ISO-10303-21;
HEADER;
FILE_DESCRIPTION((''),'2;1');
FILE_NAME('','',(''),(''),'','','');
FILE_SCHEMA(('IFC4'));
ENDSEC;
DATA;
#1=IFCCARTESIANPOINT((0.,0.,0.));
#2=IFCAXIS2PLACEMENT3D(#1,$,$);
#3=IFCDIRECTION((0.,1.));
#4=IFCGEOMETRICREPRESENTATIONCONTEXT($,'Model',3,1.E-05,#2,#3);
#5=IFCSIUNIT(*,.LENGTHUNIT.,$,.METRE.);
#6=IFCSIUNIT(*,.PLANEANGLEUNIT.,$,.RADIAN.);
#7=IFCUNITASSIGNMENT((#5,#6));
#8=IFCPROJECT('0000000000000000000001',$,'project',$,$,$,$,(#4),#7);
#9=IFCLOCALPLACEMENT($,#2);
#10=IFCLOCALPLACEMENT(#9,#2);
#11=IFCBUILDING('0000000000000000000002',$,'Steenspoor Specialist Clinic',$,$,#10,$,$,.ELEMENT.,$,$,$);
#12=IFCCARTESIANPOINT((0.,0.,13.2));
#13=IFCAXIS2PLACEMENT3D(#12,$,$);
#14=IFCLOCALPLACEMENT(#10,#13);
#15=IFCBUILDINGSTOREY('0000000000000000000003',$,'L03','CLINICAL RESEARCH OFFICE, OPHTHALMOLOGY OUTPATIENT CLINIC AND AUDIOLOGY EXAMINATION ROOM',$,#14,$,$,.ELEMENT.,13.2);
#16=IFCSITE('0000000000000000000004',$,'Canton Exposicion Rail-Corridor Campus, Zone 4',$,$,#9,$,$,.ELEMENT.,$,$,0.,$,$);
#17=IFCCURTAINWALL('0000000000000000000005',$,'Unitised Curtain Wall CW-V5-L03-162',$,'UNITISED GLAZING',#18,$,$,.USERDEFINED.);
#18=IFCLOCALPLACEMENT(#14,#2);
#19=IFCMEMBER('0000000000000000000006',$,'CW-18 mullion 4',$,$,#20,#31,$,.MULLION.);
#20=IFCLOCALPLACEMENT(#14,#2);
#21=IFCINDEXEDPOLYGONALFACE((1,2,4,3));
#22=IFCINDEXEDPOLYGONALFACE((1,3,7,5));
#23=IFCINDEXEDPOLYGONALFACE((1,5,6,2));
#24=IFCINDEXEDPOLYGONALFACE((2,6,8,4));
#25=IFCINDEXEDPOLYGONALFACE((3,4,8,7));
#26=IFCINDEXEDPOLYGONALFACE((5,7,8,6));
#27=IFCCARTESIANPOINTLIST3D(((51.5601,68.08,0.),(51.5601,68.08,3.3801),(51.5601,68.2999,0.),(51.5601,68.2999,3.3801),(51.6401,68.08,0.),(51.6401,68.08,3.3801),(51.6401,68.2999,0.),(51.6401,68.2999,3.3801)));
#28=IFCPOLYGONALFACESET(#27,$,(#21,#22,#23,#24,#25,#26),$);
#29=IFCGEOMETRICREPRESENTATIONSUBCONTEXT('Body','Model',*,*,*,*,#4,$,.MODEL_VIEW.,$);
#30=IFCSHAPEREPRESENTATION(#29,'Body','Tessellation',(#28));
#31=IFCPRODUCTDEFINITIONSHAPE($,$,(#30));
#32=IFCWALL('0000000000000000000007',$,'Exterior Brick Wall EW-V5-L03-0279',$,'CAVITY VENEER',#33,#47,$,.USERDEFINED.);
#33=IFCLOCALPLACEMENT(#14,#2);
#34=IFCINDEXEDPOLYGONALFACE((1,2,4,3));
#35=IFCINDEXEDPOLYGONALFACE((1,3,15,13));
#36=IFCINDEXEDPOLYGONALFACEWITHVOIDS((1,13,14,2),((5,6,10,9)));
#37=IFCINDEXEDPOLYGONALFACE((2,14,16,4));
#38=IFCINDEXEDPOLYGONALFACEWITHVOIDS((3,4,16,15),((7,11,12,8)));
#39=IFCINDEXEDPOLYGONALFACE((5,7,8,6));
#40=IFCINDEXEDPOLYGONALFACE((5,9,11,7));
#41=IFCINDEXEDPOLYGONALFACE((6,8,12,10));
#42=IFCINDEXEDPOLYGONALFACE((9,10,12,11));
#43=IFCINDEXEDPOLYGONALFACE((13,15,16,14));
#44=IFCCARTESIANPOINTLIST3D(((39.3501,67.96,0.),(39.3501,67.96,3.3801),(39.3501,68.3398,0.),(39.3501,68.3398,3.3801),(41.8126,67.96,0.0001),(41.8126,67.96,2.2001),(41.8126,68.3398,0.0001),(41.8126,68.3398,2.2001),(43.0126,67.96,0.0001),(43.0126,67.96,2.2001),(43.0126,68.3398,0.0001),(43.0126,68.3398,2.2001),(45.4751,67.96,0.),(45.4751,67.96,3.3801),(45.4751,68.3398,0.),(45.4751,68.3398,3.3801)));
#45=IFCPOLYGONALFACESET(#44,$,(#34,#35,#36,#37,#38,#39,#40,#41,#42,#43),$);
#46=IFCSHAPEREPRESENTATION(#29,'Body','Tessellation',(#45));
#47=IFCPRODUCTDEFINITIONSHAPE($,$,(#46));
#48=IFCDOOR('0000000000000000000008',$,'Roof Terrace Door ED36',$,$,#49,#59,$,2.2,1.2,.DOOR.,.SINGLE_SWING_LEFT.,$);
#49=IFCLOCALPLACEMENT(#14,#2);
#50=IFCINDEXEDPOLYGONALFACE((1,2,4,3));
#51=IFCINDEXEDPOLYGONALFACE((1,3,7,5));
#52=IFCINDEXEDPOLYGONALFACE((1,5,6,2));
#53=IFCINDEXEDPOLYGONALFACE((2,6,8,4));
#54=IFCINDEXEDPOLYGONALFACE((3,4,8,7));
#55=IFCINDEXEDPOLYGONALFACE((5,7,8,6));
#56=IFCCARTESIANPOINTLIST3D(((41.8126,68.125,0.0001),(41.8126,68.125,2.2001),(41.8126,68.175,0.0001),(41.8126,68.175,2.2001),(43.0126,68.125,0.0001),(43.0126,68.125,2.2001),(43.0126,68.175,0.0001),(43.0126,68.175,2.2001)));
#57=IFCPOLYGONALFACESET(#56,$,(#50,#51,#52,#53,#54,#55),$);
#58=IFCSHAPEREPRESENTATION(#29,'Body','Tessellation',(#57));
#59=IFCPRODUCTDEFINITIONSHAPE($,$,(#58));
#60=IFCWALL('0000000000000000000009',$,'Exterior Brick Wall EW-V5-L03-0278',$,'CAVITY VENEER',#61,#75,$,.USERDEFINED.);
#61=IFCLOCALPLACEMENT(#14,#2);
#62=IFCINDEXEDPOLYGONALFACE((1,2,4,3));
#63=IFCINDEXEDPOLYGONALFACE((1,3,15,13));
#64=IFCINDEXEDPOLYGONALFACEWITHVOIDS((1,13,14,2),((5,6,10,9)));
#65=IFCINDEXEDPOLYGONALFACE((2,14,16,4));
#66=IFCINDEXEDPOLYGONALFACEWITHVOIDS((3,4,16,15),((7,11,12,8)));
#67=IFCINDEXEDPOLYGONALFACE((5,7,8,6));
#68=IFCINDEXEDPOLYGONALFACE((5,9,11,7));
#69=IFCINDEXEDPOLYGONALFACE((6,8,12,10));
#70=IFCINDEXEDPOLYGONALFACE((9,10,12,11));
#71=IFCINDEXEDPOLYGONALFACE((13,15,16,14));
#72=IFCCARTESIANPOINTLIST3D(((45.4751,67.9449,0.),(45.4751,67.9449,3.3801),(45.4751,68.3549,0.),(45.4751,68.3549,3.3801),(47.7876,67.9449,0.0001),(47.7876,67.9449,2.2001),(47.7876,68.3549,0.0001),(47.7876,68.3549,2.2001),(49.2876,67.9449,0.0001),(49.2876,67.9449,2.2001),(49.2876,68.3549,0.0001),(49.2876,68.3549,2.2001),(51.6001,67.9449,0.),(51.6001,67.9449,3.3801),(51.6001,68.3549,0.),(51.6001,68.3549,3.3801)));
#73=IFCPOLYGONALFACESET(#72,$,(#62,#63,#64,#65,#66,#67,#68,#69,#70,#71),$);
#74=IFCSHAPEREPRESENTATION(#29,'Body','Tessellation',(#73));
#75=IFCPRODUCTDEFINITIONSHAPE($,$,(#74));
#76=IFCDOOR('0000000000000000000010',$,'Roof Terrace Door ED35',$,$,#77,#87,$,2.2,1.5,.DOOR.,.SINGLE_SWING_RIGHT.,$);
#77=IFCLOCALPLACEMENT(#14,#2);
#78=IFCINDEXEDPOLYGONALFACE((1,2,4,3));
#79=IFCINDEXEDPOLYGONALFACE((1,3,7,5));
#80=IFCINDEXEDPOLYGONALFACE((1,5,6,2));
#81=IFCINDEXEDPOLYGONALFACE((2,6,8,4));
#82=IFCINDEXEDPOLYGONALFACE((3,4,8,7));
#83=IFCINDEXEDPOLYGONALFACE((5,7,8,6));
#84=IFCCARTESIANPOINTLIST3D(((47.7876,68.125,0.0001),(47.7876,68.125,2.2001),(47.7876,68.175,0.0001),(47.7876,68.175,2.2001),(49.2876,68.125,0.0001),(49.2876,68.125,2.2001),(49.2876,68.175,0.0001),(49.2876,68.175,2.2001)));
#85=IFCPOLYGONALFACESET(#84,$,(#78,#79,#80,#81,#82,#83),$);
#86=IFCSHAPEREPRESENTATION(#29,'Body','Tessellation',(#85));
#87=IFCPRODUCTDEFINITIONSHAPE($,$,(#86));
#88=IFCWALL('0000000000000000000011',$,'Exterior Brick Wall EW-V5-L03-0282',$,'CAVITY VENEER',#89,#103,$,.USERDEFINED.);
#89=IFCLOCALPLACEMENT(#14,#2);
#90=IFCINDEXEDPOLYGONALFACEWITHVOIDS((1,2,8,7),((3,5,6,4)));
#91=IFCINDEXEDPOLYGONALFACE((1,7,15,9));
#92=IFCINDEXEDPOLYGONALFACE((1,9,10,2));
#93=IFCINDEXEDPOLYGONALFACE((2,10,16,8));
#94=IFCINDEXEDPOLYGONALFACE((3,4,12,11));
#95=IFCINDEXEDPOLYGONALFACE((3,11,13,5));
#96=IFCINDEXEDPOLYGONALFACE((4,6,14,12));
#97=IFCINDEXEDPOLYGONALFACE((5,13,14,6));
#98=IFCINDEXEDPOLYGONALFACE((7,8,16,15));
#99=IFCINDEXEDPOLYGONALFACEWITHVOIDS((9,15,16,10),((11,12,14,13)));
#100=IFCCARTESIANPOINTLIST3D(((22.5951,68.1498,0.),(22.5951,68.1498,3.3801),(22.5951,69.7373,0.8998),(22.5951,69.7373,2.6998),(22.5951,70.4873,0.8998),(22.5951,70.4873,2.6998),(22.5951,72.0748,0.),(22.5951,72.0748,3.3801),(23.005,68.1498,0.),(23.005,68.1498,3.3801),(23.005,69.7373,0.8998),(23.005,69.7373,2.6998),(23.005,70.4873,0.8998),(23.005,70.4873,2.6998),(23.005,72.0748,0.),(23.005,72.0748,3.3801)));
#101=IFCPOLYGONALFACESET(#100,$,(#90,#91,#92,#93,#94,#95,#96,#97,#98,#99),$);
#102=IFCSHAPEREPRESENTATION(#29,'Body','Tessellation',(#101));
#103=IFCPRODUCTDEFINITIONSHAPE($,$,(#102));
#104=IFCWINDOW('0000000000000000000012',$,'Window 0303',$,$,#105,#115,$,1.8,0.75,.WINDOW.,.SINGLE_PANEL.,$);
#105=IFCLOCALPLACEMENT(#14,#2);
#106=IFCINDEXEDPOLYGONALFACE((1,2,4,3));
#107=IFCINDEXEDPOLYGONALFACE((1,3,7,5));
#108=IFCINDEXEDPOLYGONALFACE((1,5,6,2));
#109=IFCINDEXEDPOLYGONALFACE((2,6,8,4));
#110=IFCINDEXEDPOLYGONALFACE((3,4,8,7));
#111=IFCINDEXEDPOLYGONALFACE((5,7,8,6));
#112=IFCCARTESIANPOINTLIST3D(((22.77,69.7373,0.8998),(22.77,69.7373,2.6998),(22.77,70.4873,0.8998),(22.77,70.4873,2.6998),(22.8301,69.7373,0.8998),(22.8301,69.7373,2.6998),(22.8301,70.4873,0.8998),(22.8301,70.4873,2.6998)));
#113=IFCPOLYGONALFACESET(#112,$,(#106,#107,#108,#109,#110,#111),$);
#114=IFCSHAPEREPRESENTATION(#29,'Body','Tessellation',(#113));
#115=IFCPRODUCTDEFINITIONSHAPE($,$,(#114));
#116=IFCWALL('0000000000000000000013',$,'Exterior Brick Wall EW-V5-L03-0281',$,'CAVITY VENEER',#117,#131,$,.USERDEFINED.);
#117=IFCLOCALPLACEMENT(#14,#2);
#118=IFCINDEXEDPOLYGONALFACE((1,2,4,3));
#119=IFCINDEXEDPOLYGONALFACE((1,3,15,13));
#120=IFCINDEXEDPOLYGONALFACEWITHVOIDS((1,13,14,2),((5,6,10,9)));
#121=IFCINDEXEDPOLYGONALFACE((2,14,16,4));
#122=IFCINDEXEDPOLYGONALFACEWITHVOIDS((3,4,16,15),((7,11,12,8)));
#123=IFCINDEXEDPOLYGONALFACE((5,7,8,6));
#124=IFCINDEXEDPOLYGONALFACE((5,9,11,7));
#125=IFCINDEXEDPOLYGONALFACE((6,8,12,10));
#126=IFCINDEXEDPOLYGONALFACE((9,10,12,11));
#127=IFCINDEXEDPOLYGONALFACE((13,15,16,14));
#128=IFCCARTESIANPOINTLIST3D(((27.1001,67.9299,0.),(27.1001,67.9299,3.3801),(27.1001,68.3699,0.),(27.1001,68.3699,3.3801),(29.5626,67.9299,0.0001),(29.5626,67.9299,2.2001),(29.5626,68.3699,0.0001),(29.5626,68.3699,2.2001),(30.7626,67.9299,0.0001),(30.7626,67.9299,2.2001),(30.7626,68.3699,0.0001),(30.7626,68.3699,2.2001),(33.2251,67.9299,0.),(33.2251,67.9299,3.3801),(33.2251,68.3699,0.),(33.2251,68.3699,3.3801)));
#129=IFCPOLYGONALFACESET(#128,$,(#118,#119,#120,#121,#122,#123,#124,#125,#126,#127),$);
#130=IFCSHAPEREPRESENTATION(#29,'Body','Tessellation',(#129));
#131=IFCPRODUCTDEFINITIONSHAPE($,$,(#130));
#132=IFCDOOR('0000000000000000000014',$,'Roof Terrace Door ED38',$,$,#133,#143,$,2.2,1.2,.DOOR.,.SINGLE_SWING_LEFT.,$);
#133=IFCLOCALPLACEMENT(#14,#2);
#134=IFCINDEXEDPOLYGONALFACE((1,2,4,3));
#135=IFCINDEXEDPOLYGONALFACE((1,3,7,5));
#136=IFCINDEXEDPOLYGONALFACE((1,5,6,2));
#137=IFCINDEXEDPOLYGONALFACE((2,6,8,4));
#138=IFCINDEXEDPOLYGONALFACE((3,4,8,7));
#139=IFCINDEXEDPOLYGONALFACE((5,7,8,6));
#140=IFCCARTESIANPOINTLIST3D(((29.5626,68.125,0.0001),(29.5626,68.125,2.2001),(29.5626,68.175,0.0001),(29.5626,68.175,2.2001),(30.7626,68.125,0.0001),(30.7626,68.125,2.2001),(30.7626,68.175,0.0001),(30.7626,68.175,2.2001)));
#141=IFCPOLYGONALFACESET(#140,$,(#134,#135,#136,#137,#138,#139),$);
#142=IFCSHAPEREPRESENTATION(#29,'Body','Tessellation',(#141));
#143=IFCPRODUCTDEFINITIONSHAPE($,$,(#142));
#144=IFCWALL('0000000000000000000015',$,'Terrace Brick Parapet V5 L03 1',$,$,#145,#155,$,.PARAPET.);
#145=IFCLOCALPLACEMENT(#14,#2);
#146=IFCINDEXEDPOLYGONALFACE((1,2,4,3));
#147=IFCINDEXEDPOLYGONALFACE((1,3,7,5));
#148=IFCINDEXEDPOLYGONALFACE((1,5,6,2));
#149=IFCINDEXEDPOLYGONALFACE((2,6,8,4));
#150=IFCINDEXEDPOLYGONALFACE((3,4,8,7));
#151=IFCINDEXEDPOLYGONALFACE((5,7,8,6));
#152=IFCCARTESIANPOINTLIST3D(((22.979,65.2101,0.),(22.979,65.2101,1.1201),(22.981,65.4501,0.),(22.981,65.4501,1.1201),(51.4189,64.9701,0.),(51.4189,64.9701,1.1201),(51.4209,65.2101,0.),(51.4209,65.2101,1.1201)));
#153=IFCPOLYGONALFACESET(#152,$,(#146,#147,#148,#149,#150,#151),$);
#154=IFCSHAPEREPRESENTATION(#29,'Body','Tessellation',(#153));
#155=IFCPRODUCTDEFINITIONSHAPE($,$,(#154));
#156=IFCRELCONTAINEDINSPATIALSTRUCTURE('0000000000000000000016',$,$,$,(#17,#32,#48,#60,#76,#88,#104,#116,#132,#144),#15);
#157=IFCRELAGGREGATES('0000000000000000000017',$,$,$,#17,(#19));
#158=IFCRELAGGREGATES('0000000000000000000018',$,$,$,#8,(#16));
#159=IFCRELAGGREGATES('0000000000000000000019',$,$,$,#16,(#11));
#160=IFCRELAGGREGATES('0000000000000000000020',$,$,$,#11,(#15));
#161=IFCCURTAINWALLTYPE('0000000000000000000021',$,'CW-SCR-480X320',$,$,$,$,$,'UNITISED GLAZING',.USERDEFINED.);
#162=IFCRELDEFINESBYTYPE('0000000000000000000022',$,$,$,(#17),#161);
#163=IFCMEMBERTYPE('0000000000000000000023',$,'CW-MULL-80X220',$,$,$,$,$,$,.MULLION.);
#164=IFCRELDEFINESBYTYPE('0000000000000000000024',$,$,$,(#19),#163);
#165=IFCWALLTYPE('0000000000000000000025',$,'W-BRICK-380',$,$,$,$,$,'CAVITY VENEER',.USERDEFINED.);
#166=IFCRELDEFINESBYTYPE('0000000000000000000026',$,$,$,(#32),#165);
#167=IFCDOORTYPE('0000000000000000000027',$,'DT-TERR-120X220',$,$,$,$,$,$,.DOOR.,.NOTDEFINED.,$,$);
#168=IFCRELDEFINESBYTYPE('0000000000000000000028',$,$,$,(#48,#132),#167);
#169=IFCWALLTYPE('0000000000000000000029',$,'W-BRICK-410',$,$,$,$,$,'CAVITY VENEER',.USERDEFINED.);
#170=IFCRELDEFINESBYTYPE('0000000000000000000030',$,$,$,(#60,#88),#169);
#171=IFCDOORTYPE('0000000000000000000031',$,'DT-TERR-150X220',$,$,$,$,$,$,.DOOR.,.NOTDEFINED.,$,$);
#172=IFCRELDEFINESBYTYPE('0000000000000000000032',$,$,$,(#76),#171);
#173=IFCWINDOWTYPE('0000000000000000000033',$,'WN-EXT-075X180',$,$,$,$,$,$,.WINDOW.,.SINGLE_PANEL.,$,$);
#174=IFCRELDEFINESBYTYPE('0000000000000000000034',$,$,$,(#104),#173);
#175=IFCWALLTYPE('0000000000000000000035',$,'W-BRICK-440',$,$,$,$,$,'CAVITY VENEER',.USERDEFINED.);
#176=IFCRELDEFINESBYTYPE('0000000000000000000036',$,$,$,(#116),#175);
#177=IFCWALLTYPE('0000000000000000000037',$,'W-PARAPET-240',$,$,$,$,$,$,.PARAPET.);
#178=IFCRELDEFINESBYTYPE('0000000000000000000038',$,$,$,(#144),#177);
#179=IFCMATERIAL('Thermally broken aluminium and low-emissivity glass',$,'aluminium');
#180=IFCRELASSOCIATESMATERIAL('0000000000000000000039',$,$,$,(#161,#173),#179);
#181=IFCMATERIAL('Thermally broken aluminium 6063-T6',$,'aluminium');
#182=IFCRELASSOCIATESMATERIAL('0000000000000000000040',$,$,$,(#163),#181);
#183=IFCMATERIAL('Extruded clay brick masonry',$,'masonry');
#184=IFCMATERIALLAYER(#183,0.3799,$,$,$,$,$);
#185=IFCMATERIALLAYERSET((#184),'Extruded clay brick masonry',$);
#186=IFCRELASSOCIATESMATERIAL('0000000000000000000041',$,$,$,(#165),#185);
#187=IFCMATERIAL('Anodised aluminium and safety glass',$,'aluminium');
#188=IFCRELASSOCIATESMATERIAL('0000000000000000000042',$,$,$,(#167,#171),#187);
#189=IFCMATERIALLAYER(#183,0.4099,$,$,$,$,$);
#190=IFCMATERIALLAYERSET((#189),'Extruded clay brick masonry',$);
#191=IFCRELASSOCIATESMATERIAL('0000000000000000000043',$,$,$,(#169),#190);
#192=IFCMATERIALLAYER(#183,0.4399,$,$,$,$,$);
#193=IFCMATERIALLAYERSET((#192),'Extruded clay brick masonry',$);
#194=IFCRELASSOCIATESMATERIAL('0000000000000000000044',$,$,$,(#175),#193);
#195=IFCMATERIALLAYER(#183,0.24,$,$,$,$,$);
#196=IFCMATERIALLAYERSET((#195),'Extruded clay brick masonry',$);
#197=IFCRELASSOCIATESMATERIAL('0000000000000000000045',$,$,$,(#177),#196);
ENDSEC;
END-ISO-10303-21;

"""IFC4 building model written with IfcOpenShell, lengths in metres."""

from ifc_helpers import new_model, si_unit, direction, frame, frame_2d, origin, origin_2d, place, context, subcontext, project, spatial, rectangle, extrude, material, layer, layer_set, material_profile, profile_set, type_object, element, fill, aggregate, save


model = new_model("IFC4")

# Units and contexts
model_context = context("Model", 3, precision=1e-05, world=origin(), true_north=direction((0.0, 1.0)))
body_context = subcontext(model_context, "Body", "Model", "MODEL_VIEW")
ifc_project = project(units=[si_unit("LENGTHUNIT", "METRE"), si_unit("PLANEANGLEUNIT", "RADIAN")], contexts=[model_context])

# Site, building, storey
site_placement = place(None, origin())
site = spatial("IfcSite", under=ifc_project, at=site_placement, Name="Canton Exposicion Rail-Corridor Campus, Zone 4", CompositionType="ELEMENT", RefElevation=0.0)
building_placement = place(site_placement, origin())
building = spatial("IfcBuilding", under=site, at=building_placement, Name="Steenspoor Specialist Clinic", CompositionType="ELEMENT")
storey_placement = place(building_placement, frame((0.0, 0.0, 13.2)))
storey = spatial("IfcBuildingStorey", under=building, at=storey_placement, Name="L03", Description="CLINICAL RESEARCH OFFICE, OPHTHALMOLOGY OUTPATIENT CLINIC AND AUDIOLOGY EXAMINATION ROOM", CompositionType="ELEMENT", Elevation=13.2)

# Curtain wall, member
ifc_material_1 = material(Name="Thermally broken aluminium and low-emissivity glass", Category="aluminium")
curtain_wall_type = type_object("IfcCurtainWallType", Name="CW-SCR-480X320", ElementType="UNITISED GLAZING", PredefinedType="USERDEFINED", material=ifc_material_1)
curtain_wall_placement = place(storey_placement, origin())
curtain_wall = element("IfcCurtainWall", 1, at=curtain_wall_placement, inside=storey, type_object=curtain_wall_type, Name="Unitised Curtain Wall CW-V5-L03-162", ObjectType="UNITISED GLAZING", PredefinedType="USERDEFINED")
ifc_material_2 = material(Name="Thermally broken aluminium 6063-T6", Category="aluminium")
ifc_material_profile = material_profile(ifc_material_2, rectangle(XDim=0.0801, YDim=0.22, at=origin_2d()), Name="CWM-80X220")
ifc_profile_set = profile_set([ifc_material_profile], Name="Thermally broken aluminium 6063-T6")
member_type = type_object("IfcMemberType", Name="CW-MULL-80X220", PredefinedType="MULLION", material=ifc_profile_set)
member_placement = place(storey_placement, frame((51.6001, 68.1899, 0.0), z_axis=(0.0, 0.0, 1.0), x_axis=(1.0, 0.0, 0.0)))
member = element("IfcMember", 2, at=member_placement, type_object=member_type, Name="CW-18 mullion 4", PredefinedType="MULLION", context=body_context, shape_type="SweptSolid", body=[
    extrude(rectangle(XDim=0.0801, YDim=0.22, at=origin_2d()), origin(), (0.0, 0.0, 1.0), 3.3801),
])
aggregate(curtain_wall, [member])

# Walls, openings, doors
ifc_material_3 = material(Name="Extruded clay brick masonry", Category="masonry")
ifc_layer_1 = layer(ifc_material_3, 0.3799)
ifc_layer_set_1 = layer_set([ifc_layer_1], Name="Extruded clay brick masonry")
wall_type_1 = type_object("IfcWallType", Name="W-BRICK-380", ElementType="CAVITY VENEER", PredefinedType="USERDEFINED", material=ifc_layer_set_1)
wall_1_placement = place(storey_placement, frame((45.4751, 68.1499, 0.0), z_axis=(0.0, 0.0, 1.0), x_axis=(-1.0, 0.0, 0.0)))
wall_1 = element("IfcWall", 3, at=wall_1_placement, inside=storey, type_object=wall_type_1, Name="Exterior Brick Wall EW-V5-L03-0279", ObjectType="CAVITY VENEER", PredefinedType="USERDEFINED", context=body_context, shape_type="SweptSolid", body=[
    extrude(rectangle(XDim=6.125, YDim=0.3799, at=frame_2d((3.0625, 0.0))), origin(), (0.0, 0.0, 1.0), 3.3801),
])
opening_1_placement = place(wall_1_placement, frame((2.4624, 0.0, 0.0)))
opening_1 = element("IfcOpeningElement", 4, at=opening_1_placement, cuts=wall_1, PredefinedType="OPENING", context=body_context, shape_type="SweptSolid", body=[
    extrude(rectangle(XDim=1.2, YDim=2.2, at=frame_2d((0.6001, 1.1001))), frame((0.0, 0.2, 0.0), z_axis=(0.0, -1.0, 0.0), x_axis=(1.0, 0.0, 0.0)), (0.0, 0.0, 1.0), 0.3999),
])
ifc_material_4 = material(Name="Anodised aluminium and safety glass", Category="aluminium")
door_type_1 = type_object("IfcDoorType", Name="DT-TERR-120X220", OperationType="NOTDEFINED", PredefinedType="DOOR", material=ifc_material_4)
door_1_placement = place(opening_1_placement, origin())
door_1 = element("IfcDoor", 5, at=door_1_placement, inside=storey, type_object=door_type_1, Name="Roof Terrace Door ED36", OperationType="SINGLE_SWING_LEFT", OverallHeight=2.2, OverallWidth=1.2, PredefinedType="DOOR", context=body_context, shape_type="SweptSolid", body=[
    extrude(rectangle(XDim=1.2, YDim=2.2, at=frame_2d((0.6001, 1.1001))), frame((0.0, 0.0249, 0.0), z_axis=(0.0, -1.0, 0.0), x_axis=(1.0, 0.0, 0.0)), (0.0, 0.0, 1.0), 0.05),
])
fill(opening_1, door_1)
ifc_layer_2 = layer(ifc_material_3, 0.4099)
ifc_layer_set_2 = layer_set([ifc_layer_2], Name="Extruded clay brick masonry")
wall_type_2 = type_object("IfcWallType", Name="W-BRICK-410", ElementType="CAVITY VENEER", PredefinedType="USERDEFINED", material=ifc_layer_set_2)
wall_2_placement = place(storey_placement, frame((51.6001, 68.1499, 0.0), z_axis=(0.0, 0.0, 1.0), x_axis=(-1.0, 0.0, 0.0)))
wall_2 = element("IfcWall", 6, at=wall_2_placement, inside=storey, type_object=wall_type_2, Name="Exterior Brick Wall EW-V5-L03-0278", ObjectType="CAVITY VENEER", PredefinedType="USERDEFINED", context=body_context, shape_type="SweptSolid", body=[
    extrude(rectangle(XDim=6.125, YDim=0.4099, at=frame_2d((3.0625, 0.0))), origin(), (0.0, 0.0, 1.0), 3.3801),
])
opening_2_placement = place(wall_2_placement, frame((2.3125, 0.0, 0.0)))
opening_2 = element("IfcOpeningElement", 7, at=opening_2_placement, cuts=wall_2, PredefinedType="OPENING", context=body_context, shape_type="SweptSolid", body=[
    extrude(rectangle(XDim=1.5, YDim=2.2, at=frame_2d((0.75, 1.1001))), frame((0.0, 0.2148, 0.0), z_axis=(0.0, -1.0, 0.0), x_axis=(1.0, 0.0, 0.0)), (0.0, 0.0, 1.0), 0.4299),
])
door_type_2 = type_object("IfcDoorType", Name="DT-TERR-150X220", OperationType="NOTDEFINED", PredefinedType="DOOR", material=ifc_material_4)
door_2_placement = place(opening_2_placement, origin())
door_2 = element("IfcDoor", 8, at=door_2_placement, inside=storey, type_object=door_type_2, Name="Roof Terrace Door ED35", OperationType="SINGLE_SWING_RIGHT", OverallHeight=2.2, OverallWidth=1.5, PredefinedType="DOOR", context=body_context, shape_type="SweptSolid", body=[
    extrude(rectangle(XDim=1.5, YDim=2.2, at=frame_2d((0.75, 1.1001))), frame((0.0, 0.0249, 0.0), z_axis=(0.0, -1.0, 0.0), x_axis=(1.0, 0.0, 0.0)), (0.0, 0.0, 1.0), 0.05),
])
fill(opening_2, door_2)

# Wall, opening, window
wall_3_placement = place(storey_placement, frame((22.8, 68.1499, 0.0), z_axis=(0.0, 0.0, 1.0), x_axis=(0.0, 1.0, 0.0)))
wall_3 = element("IfcWall", 9, at=wall_3_placement, inside=storey, type_object=wall_type_2, Name="Exterior Brick Wall EW-V5-L03-0282", ObjectType="CAVITY VENEER", PredefinedType="USERDEFINED", context=body_context, shape_type="SweptSolid", body=[
    extrude(rectangle(XDim=3.925, YDim=0.4099, at=frame_2d((1.9624, 0.0))), origin(), (0.0, 0.0, 1.0), 3.3801),
])
opening_3_placement = place(wall_3_placement, frame((1.5874, 0.0, 0.8999)))
opening_3 = element("IfcOpeningElement", 10, at=opening_3_placement, cuts=wall_3, PredefinedType="OPENING", context=body_context, shape_type="SweptSolid", body=[
    extrude(rectangle(XDim=0.75, YDim=1.8, at=frame_2d((0.375, 0.8999))), frame((0.0, 0.2148, 0.0), z_axis=(0.0, -1.0, 0.0), x_axis=(1.0, 0.0, 0.0)), (0.0, 0.0, 1.0), 0.4299),
])
window_type = type_object("IfcWindowType", Name="WN-EXT-075X180", PartitioningType="SINGLE_PANEL", PredefinedType="WINDOW", material=ifc_material_1)
window_placement = place(opening_3_placement, origin())
window = element("IfcWindow", 11, at=window_placement, inside=storey, type_object=window_type, Name="Window 0303", OverallHeight=1.8, OverallWidth=0.75, PartitioningType="SINGLE_PANEL", PredefinedType="WINDOW", context=body_context, shape_type="SweptSolid", body=[
    extrude(rectangle(XDim=0.75, YDim=1.8, at=frame_2d((0.375, 0.8999))), frame((0.0, 0.03, 0.0), z_axis=(0.0, -1.0, 0.0), x_axis=(1.0, 0.0, 0.0)), (0.0, 0.0, 1.0), 0.0601),
])
fill(opening_3, window)

# Wall, opening, door
ifc_layer_3 = layer(ifc_material_3, 0.4399)
ifc_layer_set_3 = layer_set([ifc_layer_3], Name="Extruded clay brick masonry")
wall_type_3 = type_object("IfcWallType", Name="W-BRICK-440", ElementType="CAVITY VENEER", PredefinedType="USERDEFINED", material=ifc_layer_set_3)
wall_4_placement = place(storey_placement, frame((33.2251, 68.1499, 0.0), z_axis=(0.0, 0.0, 1.0), x_axis=(-1.0, 0.0, 0.0)))
wall_4 = element("IfcWall", 12, at=wall_4_placement, inside=storey, type_object=wall_type_3, Name="Exterior Brick Wall EW-V5-L03-0281", ObjectType="CAVITY VENEER", PredefinedType="USERDEFINED", context=body_context, shape_type="SweptSolid", body=[
    extrude(rectangle(XDim=6.125, YDim=0.4399, at=frame_2d((3.0625, 0.0))), origin(), (0.0, 0.0, 1.0), 3.3801),
])
opening_4_placement = place(wall_4_placement, frame((2.4624, 0.0, 0.0)))
opening_4 = element("IfcOpeningElement", 13, at=opening_4_placement, cuts=wall_4, PredefinedType="OPENING", context=body_context, shape_type="SweptSolid", body=[
    extrude(rectangle(XDim=1.2, YDim=2.2, at=frame_2d((0.6001, 1.1001))), frame((0.0, 0.23, 0.0), z_axis=(0.0, -1.0, 0.0), x_axis=(1.0, 0.0, 0.0)), (0.0, 0.0, 1.0), 0.46),
])
door_3_placement = place(opening_4_placement, origin())
door_3 = element("IfcDoor", 14, at=door_3_placement, inside=storey, type_object=door_type_1, Name="Roof Terrace Door ED38", OperationType="SINGLE_SWING_LEFT", OverallHeight=2.2, OverallWidth=1.2, PredefinedType="DOOR", context=body_context, shape_type="SweptSolid", body=[
    extrude(rectangle(XDim=1.2, YDim=2.2, at=frame_2d((0.6001, 1.1001))), frame((0.0, 0.0249, 0.0), z_axis=(0.0, -1.0, 0.0), x_axis=(1.0, 0.0, 0.0)), (0.0, 0.0, 1.0), 0.05),
])
fill(opening_4, door_3)

# Wall
ifc_layer_4 = layer(ifc_material_3, 0.24)
ifc_layer_set_4 = layer_set([ifc_layer_4], Name="Extruded clay brick masonry")
wall_type_4 = type_object("IfcWallType", Name="W-PARAPET-240", PredefinedType="PARAPET", material=ifc_layer_set_4)
wall_5_placement = place(storey_placement, frame((22.98, 65.3301, 0.0), z_axis=(0.0, 0.0, 1.0), x_axis=(0.999964, -0.008438, 0.0)))
element("IfcWall", 15, at=wall_5_placement, inside=storey, type_object=wall_type_4, Name="Terrace Brick Parapet V5 L03 1", PredefinedType="PARAPET", context=body_context, shape_type="SweptSolid", body=[
    extrude(rectangle(XDim=28.4409, YDim=0.24, at=frame_2d((14.2205, 0.0))), origin(), (0.0, 0.0, 1.0), 1.1201),
])

save(model, "model.ifc")
